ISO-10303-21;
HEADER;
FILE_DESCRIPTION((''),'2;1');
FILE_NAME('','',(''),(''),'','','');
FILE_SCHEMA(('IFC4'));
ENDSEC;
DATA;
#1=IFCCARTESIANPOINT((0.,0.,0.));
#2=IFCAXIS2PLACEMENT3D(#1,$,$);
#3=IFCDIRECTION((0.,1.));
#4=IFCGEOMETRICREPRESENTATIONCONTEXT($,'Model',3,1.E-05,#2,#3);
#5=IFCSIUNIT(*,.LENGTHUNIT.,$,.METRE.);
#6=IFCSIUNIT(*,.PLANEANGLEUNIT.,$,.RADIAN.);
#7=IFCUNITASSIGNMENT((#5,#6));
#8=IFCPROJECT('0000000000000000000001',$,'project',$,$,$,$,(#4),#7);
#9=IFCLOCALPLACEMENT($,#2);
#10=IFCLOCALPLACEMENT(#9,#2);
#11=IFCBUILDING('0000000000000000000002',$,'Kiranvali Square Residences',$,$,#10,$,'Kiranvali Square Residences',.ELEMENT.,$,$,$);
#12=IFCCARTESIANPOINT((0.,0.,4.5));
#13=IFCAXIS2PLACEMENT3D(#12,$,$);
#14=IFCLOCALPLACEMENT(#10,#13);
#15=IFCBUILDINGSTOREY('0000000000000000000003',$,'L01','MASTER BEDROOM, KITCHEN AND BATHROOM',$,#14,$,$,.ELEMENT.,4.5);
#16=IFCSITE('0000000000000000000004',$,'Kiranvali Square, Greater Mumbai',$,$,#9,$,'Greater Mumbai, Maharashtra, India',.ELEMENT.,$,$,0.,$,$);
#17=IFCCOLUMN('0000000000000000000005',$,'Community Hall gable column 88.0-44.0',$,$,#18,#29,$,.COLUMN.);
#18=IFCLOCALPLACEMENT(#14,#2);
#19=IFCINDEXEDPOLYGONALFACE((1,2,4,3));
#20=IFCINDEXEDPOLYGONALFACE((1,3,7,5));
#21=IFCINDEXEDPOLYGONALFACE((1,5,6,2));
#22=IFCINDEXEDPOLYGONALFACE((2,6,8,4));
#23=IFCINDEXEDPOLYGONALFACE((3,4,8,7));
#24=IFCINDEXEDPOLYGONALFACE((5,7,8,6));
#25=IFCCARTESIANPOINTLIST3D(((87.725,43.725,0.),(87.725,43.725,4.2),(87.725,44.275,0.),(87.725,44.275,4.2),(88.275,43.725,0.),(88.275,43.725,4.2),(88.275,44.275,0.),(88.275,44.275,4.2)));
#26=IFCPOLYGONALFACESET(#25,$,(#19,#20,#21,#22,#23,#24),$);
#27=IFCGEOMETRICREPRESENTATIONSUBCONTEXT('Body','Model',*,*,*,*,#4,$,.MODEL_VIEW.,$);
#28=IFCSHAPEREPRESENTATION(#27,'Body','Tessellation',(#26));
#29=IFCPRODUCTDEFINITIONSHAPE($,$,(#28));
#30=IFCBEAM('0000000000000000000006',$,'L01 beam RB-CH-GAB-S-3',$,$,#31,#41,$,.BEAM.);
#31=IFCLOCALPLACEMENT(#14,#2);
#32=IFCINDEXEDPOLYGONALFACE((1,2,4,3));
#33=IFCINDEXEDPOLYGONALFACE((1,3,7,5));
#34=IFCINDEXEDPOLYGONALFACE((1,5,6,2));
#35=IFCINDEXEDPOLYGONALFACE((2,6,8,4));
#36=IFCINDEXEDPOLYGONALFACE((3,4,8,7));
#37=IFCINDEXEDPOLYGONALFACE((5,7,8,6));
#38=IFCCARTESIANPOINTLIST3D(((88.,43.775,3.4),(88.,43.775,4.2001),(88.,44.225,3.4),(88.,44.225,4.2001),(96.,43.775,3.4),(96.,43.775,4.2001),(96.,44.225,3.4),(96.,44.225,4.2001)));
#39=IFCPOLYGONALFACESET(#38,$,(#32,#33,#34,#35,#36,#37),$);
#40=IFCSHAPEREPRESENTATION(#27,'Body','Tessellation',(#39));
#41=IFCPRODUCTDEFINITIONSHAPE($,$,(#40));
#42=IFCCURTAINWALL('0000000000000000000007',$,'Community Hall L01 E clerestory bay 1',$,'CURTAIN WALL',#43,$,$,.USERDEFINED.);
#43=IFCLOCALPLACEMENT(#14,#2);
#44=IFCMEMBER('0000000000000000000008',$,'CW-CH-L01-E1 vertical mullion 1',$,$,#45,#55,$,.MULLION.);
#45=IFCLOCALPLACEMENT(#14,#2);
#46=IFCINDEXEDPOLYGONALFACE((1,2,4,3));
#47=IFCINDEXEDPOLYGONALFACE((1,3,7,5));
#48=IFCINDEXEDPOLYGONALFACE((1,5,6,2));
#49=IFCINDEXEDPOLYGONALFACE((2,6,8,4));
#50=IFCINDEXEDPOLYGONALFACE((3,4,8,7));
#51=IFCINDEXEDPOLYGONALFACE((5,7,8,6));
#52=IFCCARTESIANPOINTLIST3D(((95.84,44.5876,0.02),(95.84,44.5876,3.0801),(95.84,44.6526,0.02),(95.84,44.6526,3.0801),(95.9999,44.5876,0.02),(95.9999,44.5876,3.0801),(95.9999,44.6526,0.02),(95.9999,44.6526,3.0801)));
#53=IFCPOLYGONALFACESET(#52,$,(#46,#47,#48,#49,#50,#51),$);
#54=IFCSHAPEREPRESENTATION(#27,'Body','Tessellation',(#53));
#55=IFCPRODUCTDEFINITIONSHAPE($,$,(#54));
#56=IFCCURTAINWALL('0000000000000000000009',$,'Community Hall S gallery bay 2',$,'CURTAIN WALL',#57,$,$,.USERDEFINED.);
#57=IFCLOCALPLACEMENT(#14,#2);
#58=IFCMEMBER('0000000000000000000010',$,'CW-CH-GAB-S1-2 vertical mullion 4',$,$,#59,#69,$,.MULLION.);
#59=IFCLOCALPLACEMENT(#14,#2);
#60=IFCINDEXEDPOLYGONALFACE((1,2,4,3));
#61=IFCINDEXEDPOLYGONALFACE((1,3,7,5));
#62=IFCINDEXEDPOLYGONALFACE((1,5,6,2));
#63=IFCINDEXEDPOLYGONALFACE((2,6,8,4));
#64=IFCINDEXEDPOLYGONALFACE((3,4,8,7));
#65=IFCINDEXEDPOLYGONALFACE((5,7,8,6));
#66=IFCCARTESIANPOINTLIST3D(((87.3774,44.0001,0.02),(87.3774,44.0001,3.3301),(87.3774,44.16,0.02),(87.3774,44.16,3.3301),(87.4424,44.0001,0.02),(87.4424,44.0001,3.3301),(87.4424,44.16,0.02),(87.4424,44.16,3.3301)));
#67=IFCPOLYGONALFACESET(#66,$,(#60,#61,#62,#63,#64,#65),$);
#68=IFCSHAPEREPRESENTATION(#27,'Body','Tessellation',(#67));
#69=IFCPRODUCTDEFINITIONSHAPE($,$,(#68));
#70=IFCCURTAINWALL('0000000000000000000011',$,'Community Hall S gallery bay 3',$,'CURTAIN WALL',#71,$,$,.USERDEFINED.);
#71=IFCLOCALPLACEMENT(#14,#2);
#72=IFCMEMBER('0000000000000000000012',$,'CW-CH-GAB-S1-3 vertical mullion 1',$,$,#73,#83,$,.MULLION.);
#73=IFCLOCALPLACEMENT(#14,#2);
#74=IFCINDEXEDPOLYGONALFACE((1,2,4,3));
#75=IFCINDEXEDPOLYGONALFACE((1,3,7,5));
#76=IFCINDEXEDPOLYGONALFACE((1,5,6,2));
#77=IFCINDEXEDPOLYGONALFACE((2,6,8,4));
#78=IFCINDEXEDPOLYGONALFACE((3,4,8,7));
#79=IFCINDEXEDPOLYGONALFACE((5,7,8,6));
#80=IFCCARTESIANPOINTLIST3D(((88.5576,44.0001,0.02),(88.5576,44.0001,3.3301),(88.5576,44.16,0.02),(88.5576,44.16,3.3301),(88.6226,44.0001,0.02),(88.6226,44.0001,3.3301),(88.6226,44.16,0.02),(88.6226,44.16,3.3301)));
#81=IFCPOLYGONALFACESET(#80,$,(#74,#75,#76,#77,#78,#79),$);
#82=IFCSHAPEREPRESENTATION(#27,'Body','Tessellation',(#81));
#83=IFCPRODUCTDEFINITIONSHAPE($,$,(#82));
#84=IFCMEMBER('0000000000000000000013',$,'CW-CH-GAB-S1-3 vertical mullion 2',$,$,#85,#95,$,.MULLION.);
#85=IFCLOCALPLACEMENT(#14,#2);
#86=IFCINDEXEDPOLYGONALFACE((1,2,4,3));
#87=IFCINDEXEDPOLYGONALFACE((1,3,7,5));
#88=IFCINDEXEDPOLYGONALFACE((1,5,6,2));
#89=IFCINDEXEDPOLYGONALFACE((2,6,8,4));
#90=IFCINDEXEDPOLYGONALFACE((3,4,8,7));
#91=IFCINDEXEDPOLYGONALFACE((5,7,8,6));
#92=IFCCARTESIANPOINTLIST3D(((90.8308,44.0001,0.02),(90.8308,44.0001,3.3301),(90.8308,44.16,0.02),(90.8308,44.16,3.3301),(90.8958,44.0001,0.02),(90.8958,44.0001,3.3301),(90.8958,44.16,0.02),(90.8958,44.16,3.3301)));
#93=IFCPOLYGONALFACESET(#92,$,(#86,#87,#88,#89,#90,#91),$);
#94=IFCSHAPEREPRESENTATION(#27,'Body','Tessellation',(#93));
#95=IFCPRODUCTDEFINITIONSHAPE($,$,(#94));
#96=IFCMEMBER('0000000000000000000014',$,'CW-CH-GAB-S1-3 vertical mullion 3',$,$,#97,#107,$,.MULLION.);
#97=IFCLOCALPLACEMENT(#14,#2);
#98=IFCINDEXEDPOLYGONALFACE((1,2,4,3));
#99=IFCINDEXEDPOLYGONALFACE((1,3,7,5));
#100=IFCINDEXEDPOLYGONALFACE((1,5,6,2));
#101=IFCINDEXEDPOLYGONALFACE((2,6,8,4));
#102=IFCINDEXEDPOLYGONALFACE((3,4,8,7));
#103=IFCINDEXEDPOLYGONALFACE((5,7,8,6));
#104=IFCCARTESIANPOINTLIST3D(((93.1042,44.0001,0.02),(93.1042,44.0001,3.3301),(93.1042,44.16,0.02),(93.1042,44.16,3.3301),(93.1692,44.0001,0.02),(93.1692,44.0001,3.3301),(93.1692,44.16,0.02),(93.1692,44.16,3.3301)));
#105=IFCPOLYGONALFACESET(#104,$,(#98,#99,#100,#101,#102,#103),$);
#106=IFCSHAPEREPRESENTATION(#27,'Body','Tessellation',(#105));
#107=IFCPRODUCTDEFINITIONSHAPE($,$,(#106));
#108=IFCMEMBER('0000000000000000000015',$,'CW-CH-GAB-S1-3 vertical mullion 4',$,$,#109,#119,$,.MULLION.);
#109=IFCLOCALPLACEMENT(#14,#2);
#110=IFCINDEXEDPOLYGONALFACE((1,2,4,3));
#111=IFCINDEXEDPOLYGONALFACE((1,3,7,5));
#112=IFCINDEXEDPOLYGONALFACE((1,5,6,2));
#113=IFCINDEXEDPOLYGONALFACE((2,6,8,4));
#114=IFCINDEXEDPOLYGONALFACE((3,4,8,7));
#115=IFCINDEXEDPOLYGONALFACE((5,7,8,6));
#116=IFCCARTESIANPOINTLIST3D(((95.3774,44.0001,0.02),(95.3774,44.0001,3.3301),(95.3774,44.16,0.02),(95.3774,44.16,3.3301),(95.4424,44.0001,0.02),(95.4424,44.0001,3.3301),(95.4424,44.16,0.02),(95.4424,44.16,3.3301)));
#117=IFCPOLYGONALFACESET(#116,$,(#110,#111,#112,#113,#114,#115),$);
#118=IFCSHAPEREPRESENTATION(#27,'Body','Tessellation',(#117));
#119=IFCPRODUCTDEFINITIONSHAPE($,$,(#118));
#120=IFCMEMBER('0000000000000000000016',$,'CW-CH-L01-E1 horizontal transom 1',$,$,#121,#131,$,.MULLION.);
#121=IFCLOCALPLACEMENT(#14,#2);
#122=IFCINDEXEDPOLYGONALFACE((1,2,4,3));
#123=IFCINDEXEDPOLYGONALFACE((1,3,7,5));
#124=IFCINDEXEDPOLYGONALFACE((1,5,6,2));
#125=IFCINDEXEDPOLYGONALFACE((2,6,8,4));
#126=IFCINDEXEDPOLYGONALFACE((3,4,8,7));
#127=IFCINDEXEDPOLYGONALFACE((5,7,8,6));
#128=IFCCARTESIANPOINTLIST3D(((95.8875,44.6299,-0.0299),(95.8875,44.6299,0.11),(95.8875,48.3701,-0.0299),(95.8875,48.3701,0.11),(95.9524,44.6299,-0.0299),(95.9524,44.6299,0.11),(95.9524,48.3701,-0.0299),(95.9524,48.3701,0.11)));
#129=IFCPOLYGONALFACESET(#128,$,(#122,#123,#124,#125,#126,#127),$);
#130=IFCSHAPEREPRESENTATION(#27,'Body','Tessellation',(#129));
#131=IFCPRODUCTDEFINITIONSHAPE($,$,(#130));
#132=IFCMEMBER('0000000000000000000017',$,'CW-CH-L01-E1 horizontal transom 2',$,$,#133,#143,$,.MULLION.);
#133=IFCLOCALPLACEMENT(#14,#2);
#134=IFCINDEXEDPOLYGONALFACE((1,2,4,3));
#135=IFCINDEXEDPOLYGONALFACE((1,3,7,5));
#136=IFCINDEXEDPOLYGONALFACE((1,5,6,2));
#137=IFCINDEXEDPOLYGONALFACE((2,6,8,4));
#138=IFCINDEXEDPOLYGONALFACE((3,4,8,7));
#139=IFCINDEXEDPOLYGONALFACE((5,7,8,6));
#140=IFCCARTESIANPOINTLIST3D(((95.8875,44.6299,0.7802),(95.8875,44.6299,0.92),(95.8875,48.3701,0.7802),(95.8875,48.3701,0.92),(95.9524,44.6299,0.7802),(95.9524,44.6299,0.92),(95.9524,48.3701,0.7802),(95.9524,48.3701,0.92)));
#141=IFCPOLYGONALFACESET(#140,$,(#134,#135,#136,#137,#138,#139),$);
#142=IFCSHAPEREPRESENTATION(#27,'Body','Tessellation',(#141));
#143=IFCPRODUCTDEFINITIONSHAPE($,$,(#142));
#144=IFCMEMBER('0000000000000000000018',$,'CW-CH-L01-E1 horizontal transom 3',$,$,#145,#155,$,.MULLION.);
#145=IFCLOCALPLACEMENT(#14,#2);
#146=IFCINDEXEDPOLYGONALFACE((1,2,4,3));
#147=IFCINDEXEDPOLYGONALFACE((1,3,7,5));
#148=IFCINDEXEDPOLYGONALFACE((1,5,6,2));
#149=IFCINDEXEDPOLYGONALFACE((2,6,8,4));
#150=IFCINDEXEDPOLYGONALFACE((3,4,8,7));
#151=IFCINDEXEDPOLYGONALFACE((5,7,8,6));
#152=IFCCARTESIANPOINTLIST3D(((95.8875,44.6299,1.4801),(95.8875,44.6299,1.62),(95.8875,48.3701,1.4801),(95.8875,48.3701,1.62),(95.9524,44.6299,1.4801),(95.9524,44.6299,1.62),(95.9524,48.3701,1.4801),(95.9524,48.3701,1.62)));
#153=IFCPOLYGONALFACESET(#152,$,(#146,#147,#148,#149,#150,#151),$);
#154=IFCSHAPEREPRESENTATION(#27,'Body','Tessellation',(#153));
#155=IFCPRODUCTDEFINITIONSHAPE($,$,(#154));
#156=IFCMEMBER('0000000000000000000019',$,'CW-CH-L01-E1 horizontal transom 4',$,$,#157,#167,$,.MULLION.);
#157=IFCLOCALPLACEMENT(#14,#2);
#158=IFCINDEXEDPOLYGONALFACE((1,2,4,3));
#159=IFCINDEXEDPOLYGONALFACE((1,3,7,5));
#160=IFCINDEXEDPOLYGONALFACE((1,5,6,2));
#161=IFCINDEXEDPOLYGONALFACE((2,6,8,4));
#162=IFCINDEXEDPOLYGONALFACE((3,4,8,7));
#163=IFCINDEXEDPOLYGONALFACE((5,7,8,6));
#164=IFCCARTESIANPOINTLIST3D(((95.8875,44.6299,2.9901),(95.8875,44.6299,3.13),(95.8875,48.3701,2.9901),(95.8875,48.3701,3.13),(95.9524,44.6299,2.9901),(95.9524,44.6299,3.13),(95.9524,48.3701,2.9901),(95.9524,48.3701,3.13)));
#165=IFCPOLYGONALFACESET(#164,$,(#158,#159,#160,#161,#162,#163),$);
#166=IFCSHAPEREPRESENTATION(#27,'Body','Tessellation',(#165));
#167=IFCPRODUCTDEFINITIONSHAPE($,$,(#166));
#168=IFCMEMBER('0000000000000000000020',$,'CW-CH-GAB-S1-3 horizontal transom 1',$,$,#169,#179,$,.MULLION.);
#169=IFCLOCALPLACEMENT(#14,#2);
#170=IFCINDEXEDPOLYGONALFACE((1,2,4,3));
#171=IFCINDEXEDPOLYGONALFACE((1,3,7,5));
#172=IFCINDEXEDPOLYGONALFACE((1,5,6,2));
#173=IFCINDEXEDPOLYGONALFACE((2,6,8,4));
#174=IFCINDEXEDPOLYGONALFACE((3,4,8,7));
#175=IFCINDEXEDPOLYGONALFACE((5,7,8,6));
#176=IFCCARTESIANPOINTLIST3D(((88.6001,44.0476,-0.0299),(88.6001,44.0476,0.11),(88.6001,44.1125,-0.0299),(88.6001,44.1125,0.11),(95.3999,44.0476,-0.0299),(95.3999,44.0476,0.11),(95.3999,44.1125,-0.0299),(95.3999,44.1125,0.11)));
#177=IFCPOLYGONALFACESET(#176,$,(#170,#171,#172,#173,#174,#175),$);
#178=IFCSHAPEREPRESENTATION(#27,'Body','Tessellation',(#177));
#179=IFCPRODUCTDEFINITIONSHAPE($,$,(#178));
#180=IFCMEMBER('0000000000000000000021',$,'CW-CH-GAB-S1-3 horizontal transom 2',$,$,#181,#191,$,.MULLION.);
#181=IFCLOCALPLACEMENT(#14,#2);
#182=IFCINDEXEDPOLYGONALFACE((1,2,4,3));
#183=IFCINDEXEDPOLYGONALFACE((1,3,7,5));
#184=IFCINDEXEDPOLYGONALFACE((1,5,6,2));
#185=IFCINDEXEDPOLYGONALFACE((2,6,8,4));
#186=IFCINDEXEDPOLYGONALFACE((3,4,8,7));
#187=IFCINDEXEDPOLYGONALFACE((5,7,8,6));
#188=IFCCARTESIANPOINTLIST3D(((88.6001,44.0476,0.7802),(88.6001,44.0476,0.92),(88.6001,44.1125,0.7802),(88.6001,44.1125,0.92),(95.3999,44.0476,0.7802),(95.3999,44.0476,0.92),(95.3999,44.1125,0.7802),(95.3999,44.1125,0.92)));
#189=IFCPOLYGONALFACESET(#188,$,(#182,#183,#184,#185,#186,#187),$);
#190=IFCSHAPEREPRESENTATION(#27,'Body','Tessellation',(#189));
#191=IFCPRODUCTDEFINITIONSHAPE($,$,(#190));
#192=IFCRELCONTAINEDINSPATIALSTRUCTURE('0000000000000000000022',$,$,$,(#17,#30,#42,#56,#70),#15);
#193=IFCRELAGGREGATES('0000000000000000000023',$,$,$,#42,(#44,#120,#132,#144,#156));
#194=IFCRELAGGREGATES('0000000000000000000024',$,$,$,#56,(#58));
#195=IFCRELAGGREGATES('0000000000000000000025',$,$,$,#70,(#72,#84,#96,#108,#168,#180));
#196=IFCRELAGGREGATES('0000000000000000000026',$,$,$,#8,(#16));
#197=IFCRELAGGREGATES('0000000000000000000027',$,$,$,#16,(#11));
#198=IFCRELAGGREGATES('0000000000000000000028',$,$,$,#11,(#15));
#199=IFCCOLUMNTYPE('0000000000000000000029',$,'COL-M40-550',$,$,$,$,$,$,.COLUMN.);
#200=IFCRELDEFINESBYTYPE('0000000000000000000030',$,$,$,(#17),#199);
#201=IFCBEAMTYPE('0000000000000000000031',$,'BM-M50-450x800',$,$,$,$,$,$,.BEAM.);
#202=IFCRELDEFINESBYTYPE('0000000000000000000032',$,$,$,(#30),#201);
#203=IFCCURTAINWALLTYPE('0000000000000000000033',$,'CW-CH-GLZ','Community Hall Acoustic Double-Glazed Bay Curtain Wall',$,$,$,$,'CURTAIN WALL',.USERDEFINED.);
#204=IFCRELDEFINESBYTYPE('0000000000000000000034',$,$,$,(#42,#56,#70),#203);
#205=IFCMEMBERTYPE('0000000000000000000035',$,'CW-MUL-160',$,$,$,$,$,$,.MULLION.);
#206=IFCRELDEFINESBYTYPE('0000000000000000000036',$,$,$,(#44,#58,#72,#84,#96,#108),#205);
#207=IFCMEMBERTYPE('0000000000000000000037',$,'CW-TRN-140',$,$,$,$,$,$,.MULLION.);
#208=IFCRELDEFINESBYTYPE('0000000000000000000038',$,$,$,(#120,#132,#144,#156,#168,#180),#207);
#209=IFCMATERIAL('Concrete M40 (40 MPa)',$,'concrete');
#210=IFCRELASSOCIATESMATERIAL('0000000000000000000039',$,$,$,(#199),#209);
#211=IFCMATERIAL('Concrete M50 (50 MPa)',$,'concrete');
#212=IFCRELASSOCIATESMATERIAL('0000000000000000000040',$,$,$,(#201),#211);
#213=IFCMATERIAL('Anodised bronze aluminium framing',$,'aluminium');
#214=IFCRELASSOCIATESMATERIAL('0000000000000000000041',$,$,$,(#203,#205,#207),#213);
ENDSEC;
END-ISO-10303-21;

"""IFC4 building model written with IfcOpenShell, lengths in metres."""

from ifc_helpers import new_model, si_unit, direction, frame, origin, origin_2d, place, context, subcontext, project, spatial, rectangle, extrude, material, material_profile, profile_set, type_object, element, aggregate, save


model = new_model("IFC4")

# Units and contexts
model_context = context("Model", 3, precision=1e-05, world=origin(), true_north=direction((0.0, 1.0)))
body_context = subcontext(model_context, "Body", "Model", "MODEL_VIEW")
ifc_project = project(units=[si_unit("LENGTHUNIT", "METRE"), si_unit("PLANEANGLEUNIT", "RADIAN")], contexts=[model_context])

# Site, building, storey
site_placement = place(None, origin())
site = spatial("IfcSite", under=ifc_project, at=site_placement, Name="Kiranvali Square, Greater Mumbai", LongName="Greater Mumbai, Maharashtra, India", CompositionType="ELEMENT", RefElevation=0.0)
building_placement = place(site_placement, origin())
building = spatial("IfcBuilding", under=site, at=building_placement, Name="Kiranvali Square Residences", LongName="Kiranvali Square Residences", CompositionType="ELEMENT")
storey_placement = place(building_placement, frame((0.0, 0.0, 4.5)))
storey = spatial("IfcBuildingStorey", under=building, at=storey_placement, Name="L01", Description="MASTER BEDROOM, KITCHEN AND BATHROOM", CompositionType="ELEMENT", Elevation=4.5)

# Column
ifc_material_1 = material(Name="Concrete M40 (40 MPa)", Category="concrete")
ifc_material_profile_1 = material_profile(ifc_material_1, rectangle(XDim=0.55, YDim=0.55, at=origin_2d()), Name="RC 550x550")
ifc_profile_set_1 = profile_set([ifc_material_profile_1], Name="Concrete M40 (40 MPa)")
column_type = type_object("IfcColumnType", Name="COL-M40-550", PredefinedType="COLUMN", material=ifc_profile_set_1)
column_placement = place(storey_placement, frame((88.0, 44.0, 0.0), z_axis=(0.0, 0.0, 1.0), x_axis=(1.0, 0.0, 0.0)))
element("IfcColumn", 1, at=column_placement, inside=storey, type_object=column_type, Name="Community Hall gable column 88.0-44.0", PredefinedType="COLUMN", context=body_context, shape_type="SweptSolid", body=[
    extrude(rectangle(XDim=0.55, YDim=0.55, at=origin_2d()), origin(), (0.0, 0.0, 1.0), 4.2),
])

# Beam
ifc_material_2 = material(Name="Concrete M50 (50 MPa)", Category="concrete")
ifc_material_profile_2 = material_profile(ifc_material_2, rectangle(XDim=0.45, YDim=0.8, at=origin_2d()), Name="RC 450x800")
ifc_profile_set_2 = profile_set([ifc_material_profile_2], Name="Concrete M50 (50 MPa)")
beam_type = type_object("IfcBeamType", Name="BM-M50-450x800", PredefinedType="BEAM", material=ifc_profile_set_2)
beam_placement = place(storey_placement, frame((88.0, 44.0, 3.8), z_axis=(1.0, 0.0, 0.0), x_axis=(0.0, 1.0, 0.0)))
element("IfcBeam", 2, at=beam_placement, inside=storey, type_object=beam_type, Name="L01 beam RB-CH-GAB-S-3", PredefinedType="BEAM", context=body_context, shape_type="SweptSolid", body=[
    extrude(rectangle(XDim=0.45, YDim=0.8, at=origin_2d()), origin(), (0.0, 0.0, 1.0), 8.0),
])

# Curtain walls, members
ifc_material_3 = material(Name="Anodised bronze aluminium framing", Category="aluminium")
curtain_wall_type = type_object("IfcCurtainWallType", Name="CW-CH-GLZ", Description="Community Hall Acoustic Double-Glazed Bay Curtain Wall", ElementType="CURTAIN WALL", PredefinedType="USERDEFINED", material=ifc_material_3)
curtain_wall_1_placement = place(storey_placement, origin())
curtain_wall_1 = element("IfcCurtainWall", 3, at=curtain_wall_1_placement, inside=storey, type_object=curtain_wall_type, Name="Community Hall L01 E clerestory bay 1", ObjectType="CURTAIN WALL", PredefinedType="USERDEFINED")
ifc_material_profile_3 = material_profile(ifc_material_3, rectangle(XDim=0.0649, YDim=0.1599, at=origin_2d()), Name="ALU 65x160")
ifc_profile_set_3 = profile_set([ifc_material_profile_3], Name="Anodised bronze aluminium framing")
member_type_1 = type_object("IfcMemberType", Name="CW-MUL-160", PredefinedType="MULLION", material=ifc_profile_set_3)
member_1_placement = place(storey_placement, frame((95.9199, 44.6201, 0.02), z_axis=(0.0, 0.0, 1.0), x_axis=(0.0, 1.0, 0.0)))
member_1 = element("IfcMember", 4, at=member_1_placement, type_object=member_type_1, Name="CW-CH-L01-E1 vertical mullion 1", PredefinedType="MULLION", context=body_context, shape_type="SweptSolid", body=[
    extrude(rectangle(XDim=0.0649, YDim=0.1599, at=origin_2d()), origin(), (0.0, 0.0, 1.0), 3.0601),
])
curtain_wall_2_placement = place(storey_placement, origin())
curtain_wall_2 = element("IfcCurtainWall", 5, at=curtain_wall_2_placement, inside=storey, type_object=curtain_wall_type, Name="Community Hall S gallery bay 2", ObjectType="CURTAIN WALL", PredefinedType="USERDEFINED")
member_2_placement = place(storey_placement, frame((87.4099, 44.0801, 0.02), z_axis=(0.0, 0.0, 1.0), x_axis=(1.0, 0.0, 0.0)))
member_2 = element("IfcMember", 6, at=member_2_placement, type_object=member_type_1, Name="CW-CH-GAB-S1-2 vertical mullion 4", PredefinedType="MULLION", context=body_context, shape_type="SweptSolid", body=[
    extrude(rectangle(XDim=0.0649, YDim=0.1599, at=origin_2d()), origin(), (0.0, 0.0, 1.0), 3.3101),
])

# Curtain wall, members
curtain_wall_3_placement = place(storey_placement, origin())
curtain_wall_3 = element("IfcCurtainWall", 7, at=curtain_wall_3_placement, inside=storey, type_object=curtain_wall_type, Name="Community Hall S gallery bay 3", ObjectType="CURTAIN WALL", PredefinedType="USERDEFINED")
member_3_placement = place(storey_placement, frame((88.5901, 44.0801, 0.02), z_axis=(0.0, 0.0, 1.0), x_axis=(1.0, 0.0, 0.0)))
member_3 = element("IfcMember", 8, at=member_3_placement, type_object=member_type_1, Name="CW-CH-GAB-S1-3 vertical mullion 1", PredefinedType="MULLION", context=body_context, shape_type="SweptSolid", body=[
    extrude(rectangle(XDim=0.0649, YDim=0.1599, at=origin_2d()), origin(), (0.0, 0.0, 1.0), 3.3101),
])
member_4_placement = place(storey_placement, frame((90.8633, 44.0801, 0.02), z_axis=(0.0, 0.0, 1.0), x_axis=(1.0, 0.0, 0.0)))
member_4 = element("IfcMember", 9, at=member_4_placement, type_object=member_type_1, Name="CW-CH-GAB-S1-3 vertical mullion 2", PredefinedType="MULLION", context=body_context, shape_type="SweptSolid", body=[
    extrude(rectangle(XDim=0.0649, YDim=0.1599, at=origin_2d()), origin(), (0.0, 0.0, 1.0), 3.3101),
])
member_5_placement = place(storey_placement, frame((93.1367, 44.0801, 0.02), z_axis=(0.0, 0.0, 1.0), x_axis=(1.0, 0.0, 0.0)))
member_5 = element("IfcMember", 10, at=member_5_placement, type_object=member_type_1, Name="CW-CH-GAB-S1-3 vertical mullion 3", PredefinedType="MULLION", context=body_context, shape_type="SweptSolid", body=[
    extrude(rectangle(XDim=0.0649, YDim=0.1599, at=origin_2d()), origin(), (0.0, 0.0, 1.0), 3.3101),
])
member_6_placement = place(storey_placement, frame((95.4099, 44.0801, 0.02), z_axis=(0.0, 0.0, 1.0), x_axis=(1.0, 0.0, 0.0)))
member_6 = element("IfcMember", 11, at=member_6_placement, type_object=member_type_1, Name="CW-CH-GAB-S1-3 vertical mullion 4", PredefinedType="MULLION", context=body_context, shape_type="SweptSolid", body=[
    extrude(rectangle(XDim=0.0649, YDim=0.1599, at=origin_2d()), origin(), (0.0, 0.0, 1.0), 3.3101),
])

# Members
ifc_material_profile_4 = material_profile(ifc_material_3, rectangle(XDim=0.0649, YDim=0.1399, at=origin_2d()), Name="ALU 65x140")
ifc_profile_set_4 = profile_set([ifc_material_profile_4], Name="Anodised bronze aluminium framing")
member_type_2 = type_object("IfcMemberType", Name="CW-TRN-140", PredefinedType="MULLION", material=ifc_profile_set_4)
member_7_placement = place(storey_placement, frame((95.9199, 44.6299, 0.04), z_axis=(0.0, 1.0, 0.0), x_axis=(-1.0, 0.0, 0.0)))
member_7 = element("IfcMember", 12, at=member_7_placement, type_object=member_type_2, Name="CW-CH-L01-E1 horizontal transom 1", PredefinedType="MULLION", context=body_context, shape_type="SweptSolid", body=[
    extrude(rectangle(XDim=0.0649, YDim=0.1399, at=origin_2d()), origin(), (0.0, 0.0, 1.0), 3.7402),
])
member_8_placement = place(storey_placement, frame((95.9199, 44.6299, 0.8501), z_axis=(0.0, 1.0, 0.0), x_axis=(-1.0, 0.0, 0.0)))
member_8 = element("IfcMember", 13, at=member_8_placement, type_object=member_type_2, Name="CW-CH-L01-E1 horizontal transom 2", PredefinedType="MULLION", context=body_context, shape_type="SweptSolid", body=[
    extrude(rectangle(XDim=0.0649, YDim=0.1399, at=origin_2d()), origin(), (0.0, 0.0, 1.0), 3.7402),
])
member_9_placement = place(storey_placement, frame((95.9199, 44.6299, 1.55), z_axis=(0.0, 1.0, 0.0), x_axis=(-1.0, 0.0, 0.0)))
member_9 = element("IfcMember", 14, at=member_9_placement, type_object=member_type_2, Name="CW-CH-L01-E1 horizontal transom 3", PredefinedType="MULLION", context=body_context, shape_type="SweptSolid", body=[
    extrude(rectangle(XDim=0.0649, YDim=0.1399, at=origin_2d()), origin(), (0.0, 0.0, 1.0), 3.7402),
])
member_10_placement = place(storey_placement, frame((95.9199, 44.6299, 3.0601), z_axis=(0.0, 1.0, 0.0), x_axis=(-1.0, 0.0, 0.0)))
member_10 = element("IfcMember", 15, at=member_10_placement, type_object=member_type_2, Name="CW-CH-L01-E1 horizontal transom 4", PredefinedType="MULLION", context=body_context, shape_type="SweptSolid", body=[
    extrude(rectangle(XDim=0.0649, YDim=0.1399, at=origin_2d()), origin(), (0.0, 0.0, 1.0), 3.7402),
])
member_11_placement = place(storey_placement, frame((88.6001, 44.0801, 0.04), z_axis=(1.0, 0.0, 0.0), x_axis=(0.0, 1.0, 0.0)))
member_11 = element("IfcMember", 16, at=member_11_placement, type_object=member_type_2, Name="CW-CH-GAB-S1-3 horizontal transom 1", PredefinedType="MULLION", context=body_context, shape_type="SweptSolid", body=[
    extrude(rectangle(XDim=0.0649, YDim=0.1399, at=origin_2d()), origin(), (0.0, 0.0, 1.0), 6.7998),
])
member_12_placement = place(storey_placement, frame((88.6001, 44.0801, 0.8501), z_axis=(1.0, 0.0, 0.0), x_axis=(0.0, 1.0, 0.0)))
member_12 = element("IfcMember", 17, at=member_12_placement, type_object=member_type_2, Name="CW-CH-GAB-S1-3 horizontal transom 2", PredefinedType="MULLION", context=body_context, shape_type="SweptSolid", body=[
    extrude(rectangle(XDim=0.0649, YDim=0.1399, at=origin_2d()), origin(), (0.0, 0.0, 1.0), 6.7998),
])

aggregate(curtain_wall_1, [member_1, member_7, member_8, member_9, member_10])
aggregate(curtain_wall_2, [member_2])
aggregate(curtain_wall_3, [member_3, member_4, member_5, member_6, member_11, member_12])

save(model, "model.ifc")
